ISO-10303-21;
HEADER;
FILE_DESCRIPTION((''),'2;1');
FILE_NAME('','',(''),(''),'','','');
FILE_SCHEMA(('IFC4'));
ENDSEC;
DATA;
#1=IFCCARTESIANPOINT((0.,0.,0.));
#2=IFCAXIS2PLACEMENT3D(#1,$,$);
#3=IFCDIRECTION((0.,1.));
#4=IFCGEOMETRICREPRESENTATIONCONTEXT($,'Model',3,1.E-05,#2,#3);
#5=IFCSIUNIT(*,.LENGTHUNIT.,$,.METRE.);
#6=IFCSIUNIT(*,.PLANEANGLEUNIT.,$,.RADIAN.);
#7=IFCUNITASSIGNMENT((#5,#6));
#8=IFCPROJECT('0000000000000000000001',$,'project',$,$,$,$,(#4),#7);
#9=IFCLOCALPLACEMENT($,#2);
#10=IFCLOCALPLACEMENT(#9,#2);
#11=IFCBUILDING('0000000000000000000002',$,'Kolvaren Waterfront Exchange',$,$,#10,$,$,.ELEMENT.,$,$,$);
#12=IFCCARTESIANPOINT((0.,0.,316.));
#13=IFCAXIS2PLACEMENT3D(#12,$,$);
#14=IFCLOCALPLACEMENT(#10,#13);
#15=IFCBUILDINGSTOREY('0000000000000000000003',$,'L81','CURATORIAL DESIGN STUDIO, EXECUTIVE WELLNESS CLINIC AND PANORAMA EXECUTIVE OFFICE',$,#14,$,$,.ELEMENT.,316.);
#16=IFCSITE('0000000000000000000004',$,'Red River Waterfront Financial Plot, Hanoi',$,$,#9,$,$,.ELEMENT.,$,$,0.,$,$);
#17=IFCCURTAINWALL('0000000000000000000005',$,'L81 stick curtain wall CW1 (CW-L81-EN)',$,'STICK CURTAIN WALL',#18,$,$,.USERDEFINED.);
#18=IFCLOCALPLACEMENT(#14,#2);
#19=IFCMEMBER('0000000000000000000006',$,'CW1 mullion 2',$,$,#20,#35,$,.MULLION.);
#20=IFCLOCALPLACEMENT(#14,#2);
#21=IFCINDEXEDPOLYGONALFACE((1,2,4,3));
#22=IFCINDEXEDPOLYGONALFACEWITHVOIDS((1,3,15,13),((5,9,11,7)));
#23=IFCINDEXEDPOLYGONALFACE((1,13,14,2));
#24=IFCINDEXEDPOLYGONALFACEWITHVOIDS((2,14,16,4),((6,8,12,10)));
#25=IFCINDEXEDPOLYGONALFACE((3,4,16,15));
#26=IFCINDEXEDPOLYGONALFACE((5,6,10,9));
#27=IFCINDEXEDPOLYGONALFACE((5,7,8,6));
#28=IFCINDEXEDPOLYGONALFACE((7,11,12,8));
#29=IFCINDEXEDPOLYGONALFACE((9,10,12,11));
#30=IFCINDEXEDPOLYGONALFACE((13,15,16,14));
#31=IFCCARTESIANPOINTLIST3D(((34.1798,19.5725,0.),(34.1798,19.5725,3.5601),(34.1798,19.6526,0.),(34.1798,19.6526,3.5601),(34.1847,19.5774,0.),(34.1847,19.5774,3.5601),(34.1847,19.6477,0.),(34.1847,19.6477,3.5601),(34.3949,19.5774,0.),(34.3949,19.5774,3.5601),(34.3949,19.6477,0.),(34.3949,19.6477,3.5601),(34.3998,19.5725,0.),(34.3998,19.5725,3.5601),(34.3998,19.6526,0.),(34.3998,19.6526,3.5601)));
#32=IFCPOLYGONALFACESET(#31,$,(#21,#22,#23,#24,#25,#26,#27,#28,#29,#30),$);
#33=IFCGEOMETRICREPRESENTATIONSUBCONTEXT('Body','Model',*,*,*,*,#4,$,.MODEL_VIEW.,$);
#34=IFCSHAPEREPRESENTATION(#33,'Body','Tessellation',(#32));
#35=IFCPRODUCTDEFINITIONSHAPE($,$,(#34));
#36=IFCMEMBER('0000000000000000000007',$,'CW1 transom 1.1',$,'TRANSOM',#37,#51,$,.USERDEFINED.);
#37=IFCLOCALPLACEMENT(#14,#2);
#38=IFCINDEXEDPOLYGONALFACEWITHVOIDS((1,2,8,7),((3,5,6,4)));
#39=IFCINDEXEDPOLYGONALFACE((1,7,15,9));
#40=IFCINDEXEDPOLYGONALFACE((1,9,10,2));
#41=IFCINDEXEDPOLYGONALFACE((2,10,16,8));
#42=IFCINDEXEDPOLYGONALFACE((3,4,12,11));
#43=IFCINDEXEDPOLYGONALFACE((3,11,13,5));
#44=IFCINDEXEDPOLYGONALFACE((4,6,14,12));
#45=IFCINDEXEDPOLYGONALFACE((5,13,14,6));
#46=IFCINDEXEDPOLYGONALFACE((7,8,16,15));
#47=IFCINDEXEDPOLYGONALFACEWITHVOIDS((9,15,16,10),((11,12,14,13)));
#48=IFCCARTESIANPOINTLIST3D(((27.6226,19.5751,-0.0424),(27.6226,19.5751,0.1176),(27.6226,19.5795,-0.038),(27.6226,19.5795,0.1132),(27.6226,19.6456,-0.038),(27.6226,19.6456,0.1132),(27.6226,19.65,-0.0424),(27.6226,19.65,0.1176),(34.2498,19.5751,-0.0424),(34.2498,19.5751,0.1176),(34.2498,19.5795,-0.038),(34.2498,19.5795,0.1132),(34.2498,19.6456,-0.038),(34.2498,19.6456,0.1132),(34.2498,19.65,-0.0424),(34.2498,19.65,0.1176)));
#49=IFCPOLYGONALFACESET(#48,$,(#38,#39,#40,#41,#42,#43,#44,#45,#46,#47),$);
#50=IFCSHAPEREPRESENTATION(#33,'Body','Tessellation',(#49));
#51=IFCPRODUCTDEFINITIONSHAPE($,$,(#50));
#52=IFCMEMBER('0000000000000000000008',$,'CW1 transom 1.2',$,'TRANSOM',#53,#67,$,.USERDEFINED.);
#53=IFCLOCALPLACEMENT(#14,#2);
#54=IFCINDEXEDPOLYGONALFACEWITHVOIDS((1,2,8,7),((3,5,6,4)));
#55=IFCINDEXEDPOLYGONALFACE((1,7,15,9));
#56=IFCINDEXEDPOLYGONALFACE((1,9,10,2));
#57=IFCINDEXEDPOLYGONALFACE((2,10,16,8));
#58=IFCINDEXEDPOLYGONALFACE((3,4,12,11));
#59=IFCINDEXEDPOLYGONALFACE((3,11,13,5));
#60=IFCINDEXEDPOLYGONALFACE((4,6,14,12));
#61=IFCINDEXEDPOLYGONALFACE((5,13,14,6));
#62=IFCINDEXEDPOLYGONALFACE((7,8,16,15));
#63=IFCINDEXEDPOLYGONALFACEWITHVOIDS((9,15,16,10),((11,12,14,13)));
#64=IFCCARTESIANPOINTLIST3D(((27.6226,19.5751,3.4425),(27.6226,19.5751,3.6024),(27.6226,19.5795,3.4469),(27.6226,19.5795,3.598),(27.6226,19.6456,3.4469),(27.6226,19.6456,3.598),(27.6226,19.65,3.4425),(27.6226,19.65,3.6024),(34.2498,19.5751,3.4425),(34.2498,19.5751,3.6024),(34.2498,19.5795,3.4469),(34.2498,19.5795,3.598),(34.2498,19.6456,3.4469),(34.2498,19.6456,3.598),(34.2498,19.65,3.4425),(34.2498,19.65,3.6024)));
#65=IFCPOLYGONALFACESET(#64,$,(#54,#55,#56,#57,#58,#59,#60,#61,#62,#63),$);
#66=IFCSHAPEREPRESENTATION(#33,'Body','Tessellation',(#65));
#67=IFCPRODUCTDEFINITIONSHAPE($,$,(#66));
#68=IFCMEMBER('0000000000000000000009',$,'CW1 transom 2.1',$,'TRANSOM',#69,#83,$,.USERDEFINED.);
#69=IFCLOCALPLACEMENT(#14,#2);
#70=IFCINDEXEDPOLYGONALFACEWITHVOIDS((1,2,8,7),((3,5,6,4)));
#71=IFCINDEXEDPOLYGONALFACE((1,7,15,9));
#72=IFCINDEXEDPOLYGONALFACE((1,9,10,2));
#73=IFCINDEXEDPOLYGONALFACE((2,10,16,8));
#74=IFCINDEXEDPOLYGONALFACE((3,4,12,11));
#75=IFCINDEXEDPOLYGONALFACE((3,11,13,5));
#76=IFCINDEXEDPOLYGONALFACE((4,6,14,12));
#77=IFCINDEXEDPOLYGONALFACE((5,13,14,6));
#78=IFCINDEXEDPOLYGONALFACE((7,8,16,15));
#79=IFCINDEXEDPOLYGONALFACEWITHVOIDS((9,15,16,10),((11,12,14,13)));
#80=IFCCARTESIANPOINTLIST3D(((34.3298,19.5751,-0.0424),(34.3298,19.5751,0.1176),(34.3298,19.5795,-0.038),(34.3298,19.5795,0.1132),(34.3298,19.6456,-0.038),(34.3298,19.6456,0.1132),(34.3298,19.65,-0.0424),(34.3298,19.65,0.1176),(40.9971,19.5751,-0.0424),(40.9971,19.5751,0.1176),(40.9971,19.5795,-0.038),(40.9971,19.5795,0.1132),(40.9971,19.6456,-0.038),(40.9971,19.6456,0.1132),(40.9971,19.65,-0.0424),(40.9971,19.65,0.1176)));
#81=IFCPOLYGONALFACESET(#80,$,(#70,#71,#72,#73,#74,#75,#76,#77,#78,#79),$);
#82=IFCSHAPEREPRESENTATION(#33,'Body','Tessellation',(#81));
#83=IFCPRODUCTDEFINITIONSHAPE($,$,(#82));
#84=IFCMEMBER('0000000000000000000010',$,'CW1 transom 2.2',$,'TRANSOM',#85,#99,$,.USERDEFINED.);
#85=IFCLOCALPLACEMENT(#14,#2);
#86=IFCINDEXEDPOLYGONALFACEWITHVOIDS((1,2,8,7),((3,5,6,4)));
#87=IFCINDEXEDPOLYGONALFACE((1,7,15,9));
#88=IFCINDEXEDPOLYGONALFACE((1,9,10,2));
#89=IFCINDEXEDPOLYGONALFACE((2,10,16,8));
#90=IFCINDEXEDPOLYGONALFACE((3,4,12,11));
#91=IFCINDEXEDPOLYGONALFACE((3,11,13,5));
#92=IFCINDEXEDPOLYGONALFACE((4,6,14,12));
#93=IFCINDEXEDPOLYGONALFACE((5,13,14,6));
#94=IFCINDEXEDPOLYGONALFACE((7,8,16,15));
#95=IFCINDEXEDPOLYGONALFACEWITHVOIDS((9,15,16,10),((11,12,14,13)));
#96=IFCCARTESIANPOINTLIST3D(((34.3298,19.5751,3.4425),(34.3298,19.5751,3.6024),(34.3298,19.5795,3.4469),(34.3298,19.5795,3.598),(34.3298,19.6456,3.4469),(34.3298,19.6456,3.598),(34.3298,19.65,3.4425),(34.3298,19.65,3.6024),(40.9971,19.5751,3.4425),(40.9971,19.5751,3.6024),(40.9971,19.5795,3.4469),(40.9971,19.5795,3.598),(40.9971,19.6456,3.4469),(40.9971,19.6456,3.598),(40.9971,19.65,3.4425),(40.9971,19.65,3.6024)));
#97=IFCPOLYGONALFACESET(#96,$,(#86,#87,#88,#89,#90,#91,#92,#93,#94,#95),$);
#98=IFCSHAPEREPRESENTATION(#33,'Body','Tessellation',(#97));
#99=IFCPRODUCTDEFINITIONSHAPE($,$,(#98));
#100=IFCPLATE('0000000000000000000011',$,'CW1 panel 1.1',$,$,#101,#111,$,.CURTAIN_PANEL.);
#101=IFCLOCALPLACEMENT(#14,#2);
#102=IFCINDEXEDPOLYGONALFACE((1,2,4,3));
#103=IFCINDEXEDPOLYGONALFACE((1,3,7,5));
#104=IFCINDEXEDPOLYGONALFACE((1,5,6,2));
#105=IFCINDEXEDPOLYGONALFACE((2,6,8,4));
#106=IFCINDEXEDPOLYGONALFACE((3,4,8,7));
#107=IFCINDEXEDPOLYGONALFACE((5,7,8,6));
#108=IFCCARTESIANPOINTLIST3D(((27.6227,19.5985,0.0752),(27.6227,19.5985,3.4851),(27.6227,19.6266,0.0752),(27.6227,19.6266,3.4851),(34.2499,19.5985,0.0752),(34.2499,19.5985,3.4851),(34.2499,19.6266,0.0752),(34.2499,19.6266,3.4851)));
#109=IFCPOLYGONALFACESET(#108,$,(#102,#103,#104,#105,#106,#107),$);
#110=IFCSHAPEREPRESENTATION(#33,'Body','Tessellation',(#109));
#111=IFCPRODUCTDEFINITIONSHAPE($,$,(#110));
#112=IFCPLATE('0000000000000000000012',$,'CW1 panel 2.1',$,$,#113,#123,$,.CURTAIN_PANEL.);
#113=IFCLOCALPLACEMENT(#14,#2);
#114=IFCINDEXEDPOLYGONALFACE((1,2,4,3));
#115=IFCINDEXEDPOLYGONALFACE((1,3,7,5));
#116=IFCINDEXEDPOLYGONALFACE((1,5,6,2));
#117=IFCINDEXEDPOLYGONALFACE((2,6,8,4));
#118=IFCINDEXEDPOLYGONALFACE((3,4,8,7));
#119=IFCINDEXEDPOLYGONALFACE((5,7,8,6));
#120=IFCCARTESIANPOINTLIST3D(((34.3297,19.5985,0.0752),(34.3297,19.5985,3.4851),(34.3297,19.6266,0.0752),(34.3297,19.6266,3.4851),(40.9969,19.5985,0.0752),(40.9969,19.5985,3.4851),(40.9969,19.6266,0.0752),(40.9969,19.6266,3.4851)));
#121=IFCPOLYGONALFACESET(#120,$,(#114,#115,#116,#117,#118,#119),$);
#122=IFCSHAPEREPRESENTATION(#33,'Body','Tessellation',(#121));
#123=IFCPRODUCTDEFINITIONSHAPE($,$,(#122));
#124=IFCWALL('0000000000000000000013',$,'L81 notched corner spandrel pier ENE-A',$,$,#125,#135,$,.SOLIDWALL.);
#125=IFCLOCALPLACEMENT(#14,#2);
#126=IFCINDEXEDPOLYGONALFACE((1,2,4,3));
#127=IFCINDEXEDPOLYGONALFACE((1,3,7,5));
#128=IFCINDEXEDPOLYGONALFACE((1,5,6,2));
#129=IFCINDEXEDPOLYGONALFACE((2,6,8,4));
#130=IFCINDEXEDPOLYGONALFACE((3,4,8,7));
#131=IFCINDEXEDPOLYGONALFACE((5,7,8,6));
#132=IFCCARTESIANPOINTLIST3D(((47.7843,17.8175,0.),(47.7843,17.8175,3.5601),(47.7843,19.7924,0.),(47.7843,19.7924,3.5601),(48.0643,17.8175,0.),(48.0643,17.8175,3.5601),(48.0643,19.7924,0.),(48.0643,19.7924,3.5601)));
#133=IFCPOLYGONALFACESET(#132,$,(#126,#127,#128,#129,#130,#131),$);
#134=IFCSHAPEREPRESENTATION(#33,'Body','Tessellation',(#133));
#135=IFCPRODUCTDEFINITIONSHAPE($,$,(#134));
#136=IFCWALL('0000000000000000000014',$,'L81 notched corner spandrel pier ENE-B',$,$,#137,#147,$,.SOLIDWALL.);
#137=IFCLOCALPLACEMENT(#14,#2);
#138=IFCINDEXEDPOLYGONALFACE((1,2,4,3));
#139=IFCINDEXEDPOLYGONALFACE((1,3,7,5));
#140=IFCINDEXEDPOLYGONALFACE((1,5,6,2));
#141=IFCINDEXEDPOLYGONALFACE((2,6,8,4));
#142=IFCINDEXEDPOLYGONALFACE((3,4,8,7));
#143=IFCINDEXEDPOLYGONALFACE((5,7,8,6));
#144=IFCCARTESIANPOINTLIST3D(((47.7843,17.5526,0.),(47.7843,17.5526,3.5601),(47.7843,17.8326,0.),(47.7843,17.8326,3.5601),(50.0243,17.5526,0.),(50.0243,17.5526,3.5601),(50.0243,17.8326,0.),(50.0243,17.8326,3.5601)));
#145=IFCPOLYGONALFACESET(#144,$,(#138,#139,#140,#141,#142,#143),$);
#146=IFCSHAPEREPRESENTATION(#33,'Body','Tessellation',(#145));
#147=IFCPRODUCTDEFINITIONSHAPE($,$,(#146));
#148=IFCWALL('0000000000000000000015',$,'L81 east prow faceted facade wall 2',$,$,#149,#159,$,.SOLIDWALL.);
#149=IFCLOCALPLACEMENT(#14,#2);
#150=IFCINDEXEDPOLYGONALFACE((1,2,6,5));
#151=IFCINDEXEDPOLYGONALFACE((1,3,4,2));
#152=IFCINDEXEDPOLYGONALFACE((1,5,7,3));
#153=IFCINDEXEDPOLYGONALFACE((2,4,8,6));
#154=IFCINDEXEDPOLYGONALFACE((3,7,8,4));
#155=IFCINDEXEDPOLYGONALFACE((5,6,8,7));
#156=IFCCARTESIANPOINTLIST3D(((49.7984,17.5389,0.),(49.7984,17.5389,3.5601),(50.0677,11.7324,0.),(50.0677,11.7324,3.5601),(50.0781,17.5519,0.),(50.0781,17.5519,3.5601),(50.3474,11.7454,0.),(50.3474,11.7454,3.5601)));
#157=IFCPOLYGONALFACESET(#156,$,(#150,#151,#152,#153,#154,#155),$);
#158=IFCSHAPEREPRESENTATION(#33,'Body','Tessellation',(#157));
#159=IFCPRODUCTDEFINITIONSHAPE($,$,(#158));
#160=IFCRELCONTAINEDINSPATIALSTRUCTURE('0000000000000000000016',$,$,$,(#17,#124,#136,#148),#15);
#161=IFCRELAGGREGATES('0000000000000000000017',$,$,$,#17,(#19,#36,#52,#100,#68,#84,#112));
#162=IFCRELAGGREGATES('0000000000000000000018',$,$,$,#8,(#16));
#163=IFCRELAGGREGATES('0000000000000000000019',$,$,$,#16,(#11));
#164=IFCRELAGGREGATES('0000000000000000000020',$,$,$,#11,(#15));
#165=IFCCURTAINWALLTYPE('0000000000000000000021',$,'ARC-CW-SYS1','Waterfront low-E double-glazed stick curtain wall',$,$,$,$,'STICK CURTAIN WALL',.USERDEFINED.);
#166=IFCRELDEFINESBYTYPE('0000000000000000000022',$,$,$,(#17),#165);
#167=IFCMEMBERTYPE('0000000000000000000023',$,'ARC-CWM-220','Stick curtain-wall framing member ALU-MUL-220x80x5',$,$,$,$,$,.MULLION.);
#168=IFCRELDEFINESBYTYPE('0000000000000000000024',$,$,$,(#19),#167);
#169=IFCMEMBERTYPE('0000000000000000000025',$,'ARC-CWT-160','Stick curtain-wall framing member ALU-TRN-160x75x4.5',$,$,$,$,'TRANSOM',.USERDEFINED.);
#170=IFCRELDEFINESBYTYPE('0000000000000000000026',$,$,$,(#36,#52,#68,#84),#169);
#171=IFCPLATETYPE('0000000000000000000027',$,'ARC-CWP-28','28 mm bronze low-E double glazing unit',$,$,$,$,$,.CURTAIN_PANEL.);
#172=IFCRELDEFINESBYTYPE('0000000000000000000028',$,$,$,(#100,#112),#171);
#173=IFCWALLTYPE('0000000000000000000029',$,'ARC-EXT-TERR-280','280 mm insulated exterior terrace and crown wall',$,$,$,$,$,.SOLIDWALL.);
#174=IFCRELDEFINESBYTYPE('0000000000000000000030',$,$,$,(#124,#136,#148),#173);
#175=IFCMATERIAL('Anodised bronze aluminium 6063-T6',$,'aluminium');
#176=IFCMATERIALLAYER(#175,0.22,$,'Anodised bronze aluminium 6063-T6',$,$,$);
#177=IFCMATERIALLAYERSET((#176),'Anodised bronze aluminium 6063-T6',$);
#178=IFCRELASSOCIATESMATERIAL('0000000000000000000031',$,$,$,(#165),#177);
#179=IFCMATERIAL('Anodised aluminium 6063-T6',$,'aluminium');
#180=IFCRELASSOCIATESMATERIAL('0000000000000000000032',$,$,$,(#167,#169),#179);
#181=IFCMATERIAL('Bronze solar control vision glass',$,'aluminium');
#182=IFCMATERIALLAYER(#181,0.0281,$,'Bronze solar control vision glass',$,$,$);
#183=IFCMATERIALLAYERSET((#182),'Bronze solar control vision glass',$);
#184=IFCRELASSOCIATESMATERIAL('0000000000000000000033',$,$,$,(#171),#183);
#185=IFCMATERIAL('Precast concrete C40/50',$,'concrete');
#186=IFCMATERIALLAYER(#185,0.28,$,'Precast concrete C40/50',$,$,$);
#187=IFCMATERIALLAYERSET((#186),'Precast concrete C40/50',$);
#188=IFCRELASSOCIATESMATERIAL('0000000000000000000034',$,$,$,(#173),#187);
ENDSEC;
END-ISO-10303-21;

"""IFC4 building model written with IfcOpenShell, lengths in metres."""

from ifc_helpers import new_model, si_unit, direction, frame, frame_2d, origin, origin_with_axes, origin_2d, place, context, subcontext, project, spatial, rectangle, hollow_rectangle, extrude, source, transform, mapped, material, layer, layer_set, material_profile, profile_set, type_object, element, aggregate, save


model = new_model("IFC4")

# Units and contexts
model_context = context("Model", 3, precision=1e-05, world=origin(), true_north=direction((0.0, 1.0)))
body_context = subcontext(model_context, "Body", "Model", "MODEL_VIEW")
ifc_project = project(units=[si_unit("LENGTHUNIT", "METRE"), si_unit("PLANEANGLEUNIT", "RADIAN")], contexts=[model_context])

# Site, building, storey
site_placement = place(None, origin())
site = spatial("IfcSite", under=ifc_project, at=site_placement, Name="Red River Waterfront Financial Plot, Hanoi", CompositionType="ELEMENT", RefElevation=0.0)
building_placement = place(site_placement, origin())
building = spatial("IfcBuilding", under=site, at=building_placement, Name="Kolvaren Waterfront Exchange", CompositionType="ELEMENT")
storey_placement = place(building_placement, frame((0.0, 0.0, 316.0)))
storey = spatial("IfcBuildingStorey", under=building, at=storey_placement, Name="L81", Description="CURATORIAL DESIGN STUDIO, EXECUTIVE WELLNESS CLINIC AND PANORAMA EXECUTIVE OFFICE", CompositionType="ELEMENT", Elevation=316.0)

# Curtain wall, members, plates
ifc_material_1 = material(Name="Anodised bronze aluminium 6063-T6", Category="aluminium")
ifc_layer_1 = layer(ifc_material_1, 0.22, Name="Anodised bronze aluminium 6063-T6")
ifc_layer_set_1 = layer_set([ifc_layer_1], Name="Anodised bronze aluminium 6063-T6")
curtain_wall_type = type_object("IfcCurtainWallType", Name="ARC-CW-SYS1", Description="Waterfront low-E double-glazed stick curtain wall", ElementType="STICK CURTAIN WALL", PredefinedType="USERDEFINED", material=ifc_layer_set_1)
curtain_wall_placement = place(storey_placement, origin())
curtain_wall = element("IfcCurtainWall", 1, at=curtain_wall_placement, inside=storey, type_object=curtain_wall_type, Name="L81 stick curtain wall CW1 (CW-L81-EN)", ObjectType="STICK CURTAIN WALL", PredefinedType="USERDEFINED")
ifc_material_2 = material(Name="Anodised aluminium 6063-T6", Category="aluminium")
ifc_material_profile_1 = material_profile(ifc_material_2, hollow_rectangle(XDim=0.0801, YDim=0.22, WallThickness=0.0049, at=origin_2d()), Name="ALU-MUL-220x80x5")
ifc_profile_set_1 = profile_set([ifc_material_profile_1], Name="Anodised aluminium 6063-T6")
member_type_1 = type_object("IfcMemberType", Name="ARC-CWM-220", Description="Stick curtain-wall framing member ALU-MUL-220x80x5", PredefinedType="MULLION", material=ifc_profile_set_1)
shared_shape_1 = source(origin_with_axes(), body_context, "Body", "SweptSolid", [
    extrude(hollow_rectangle(XDim=0.0801, YDim=0.22, WallThickness=0.0049, at=origin_2d()), origin(), (0.0, 0.0, 1.0), 3.5601),
])
member_1_placement = place(storey_placement, frame((34.2898, 19.6125, 0.0), z_axis=(0.0, 0.0, 1.0), x_axis=(0.0, 1.0, 0.0)))
member_1 = element("IfcMember", 2, at=member_1_placement, type_object=member_type_1, Name="CW1 mullion 2", PredefinedType="MULLION", context=body_context, shape_type="MappedRepresentation", body=[
    mapped(shared_shape_1, transform((0.0, 0.0, 0.0), x_axis=(1.0, 0.0, 0.0), y_axis=(0.0, 1.0, 0.0), z_axis=(0.0, 0.0, 1.0), scale=1.0)),
])
ifc_material_profile_2 = material_profile(ifc_material_2, hollow_rectangle(XDim=0.075, YDim=0.1599, WallThickness=0.0044, at=origin_2d()), Name="ALU-TRN-160x75x4.5")
ifc_profile_set_2 = profile_set([ifc_material_profile_2], Name="Anodised aluminium 6063-T6")
member_type_2 = type_object("IfcMemberType", Name="ARC-CWT-160", Description="Stick curtain-wall framing member ALU-TRN-160x75x4.5", ElementType="TRANSOM", PredefinedType="USERDEFINED", material=ifc_profile_set_2)
shared_shape_2 = source(origin_with_axes(), body_context, "Body", "SweptSolid", [
    extrude(hollow_rectangle(XDim=0.075, YDim=0.1599, WallThickness=0.0044, at=origin_2d()), origin(), (0.0, 0.0, 1.0), 6.6272),
])
member_2_placement = place(storey_placement, frame((27.6226, 19.6125, 0.0376), z_axis=(1.0, 0.0, 0.0), x_axis=(0.0, 1.0, 0.0)))
member_2 = element("IfcMember", 3, at=member_2_placement, type_object=member_type_2, Name="CW1 transom 1.1", ObjectType="TRANSOM", PredefinedType="USERDEFINED", context=body_context, shape_type="MappedRepresentation", body=[
    mapped(shared_shape_2, transform((0.0, 0.0, 0.0), x_axis=(1.0, 0.0, 0.0), y_axis=(0.0, 1.0, 0.0), z_axis=(0.0, 0.0, 1.0), scale=1.0)),
])
member_3_placement = place(storey_placement, frame((27.6226, 19.6125, 3.5225), z_axis=(1.0, 0.0, 0.0), x_axis=(0.0, 1.0, 0.0)))
member_3 = element("IfcMember", 4, at=member_3_placement, type_object=member_type_2, Name="CW1 transom 1.2", ObjectType="TRANSOM", PredefinedType="USERDEFINED", context=body_context, shape_type="MappedRepresentation", body=[
    mapped(shared_shape_2, transform((0.0, 0.0, 0.0), x_axis=(1.0, 0.0, 0.0), y_axis=(0.0, 1.0, 0.0), z_axis=(0.0, 0.0, 1.0), scale=1.0)),
])
shared_shape_3 = source(origin_with_axes(), body_context, "Body", "SweptSolid", [
    extrude(hollow_rectangle(XDim=0.075, YDim=0.1599, WallThickness=0.0044, at=origin_2d()), origin(), (0.0, 0.0, 1.0), 6.6672),
])
member_4_placement = place(storey_placement, frame((34.3298, 19.6125, 0.0376), z_axis=(1.0, 0.0, 0.0), x_axis=(0.0, 1.0, 0.0)))
member_4 = element("IfcMember", 5, at=member_4_placement, type_object=member_type_2, Name="CW1 transom 2.1", ObjectType="TRANSOM", PredefinedType="USERDEFINED", context=body_context, shape_type="MappedRepresentation", body=[
    mapped(shared_shape_3, transform((0.0, 0.0, 0.0), x_axis=(1.0, 0.0, 0.0), y_axis=(0.0, 1.0, 0.0), z_axis=(0.0, 0.0, 1.0), scale=1.0)),
])
member_5_placement = place(storey_placement, frame((34.3298, 19.6125, 3.5225), z_axis=(1.0, 0.0, 0.0), x_axis=(0.0, 1.0, 0.0)))
member_5 = element("IfcMember", 6, at=member_5_placement, type_object=member_type_2, Name="CW1 transom 2.2", ObjectType="TRANSOM", PredefinedType="USERDEFINED", context=body_context, shape_type="MappedRepresentation", body=[
    mapped(shared_shape_3, transform((0.0, 0.0, 0.0), x_axis=(1.0, 0.0, 0.0), y_axis=(0.0, 1.0, 0.0), z_axis=(0.0, 0.0, 1.0), scale=1.0)),
])
ifc_material_3 = material(Name="Bronze solar control vision glass", Category="aluminium")
ifc_layer_2 = layer(ifc_material_3, 0.0281, Name="Bronze solar control vision glass")
ifc_layer_set_2 = layer_set([ifc_layer_2], Name="Bronze solar control vision glass")
plate_type = type_object("IfcPlateType", Name="ARC-CWP-28", Description="28 mm bronze low-E double glazing unit", PredefinedType="CURTAIN_PANEL", material=ifc_layer_set_2)
shared_shape_4 = source(origin_with_axes(), body_context, "Body", "SweptSolid", [
    extrude(rectangle(XDim=6.6272, YDim=0.0281, at=origin_2d()), origin(), (0.0, 0.0, 1.0), 3.4099),
])
plate_1_placement = place(storey_placement, frame((30.9363, 19.6125, 0.0752), z_axis=(0.0, 0.0, 1.0), x_axis=(1.0, 0.0, 0.0)))
plate_1 = element("IfcPlate", 7, at=plate_1_placement, type_object=plate_type, Name="CW1 panel 1.1", PredefinedType="CURTAIN_PANEL", context=body_context, shape_type="MappedRepresentation", body=[
    mapped(shared_shape_4, transform((0.0, 0.0, 0.0), x_axis=(1.0, 0.0, 0.0), y_axis=(0.0, 1.0, 0.0), z_axis=(0.0, 0.0, 1.0), scale=1.0)),
])
shared_shape_5 = source(origin_with_axes(), body_context, "Body", "SweptSolid", [
    extrude(rectangle(XDim=6.6672, YDim=0.0281, at=origin_2d()), origin(), (0.0, 0.0, 1.0), 3.4099),
])
plate_2_placement = place(storey_placement, frame((37.6633, 19.6125, 0.0752), z_axis=(0.0, 0.0, 1.0), x_axis=(1.0, 0.0, 0.0)))
plate_2 = element("IfcPlate", 8, at=plate_2_placement, type_object=plate_type, Name="CW1 panel 2.1", PredefinedType="CURTAIN_PANEL", context=body_context, shape_type="MappedRepresentation", body=[
    mapped(shared_shape_5, transform((0.0, 0.0, 0.0), x_axis=(1.0, 0.0, 0.0), y_axis=(0.0, 1.0, 0.0), z_axis=(0.0, 0.0, 1.0), scale=1.0)),
])
aggregate(curtain_wall, [member_1, member_2, member_3, plate_1, member_4, member_5, plate_2])

# Walls
ifc_material_4 = material(Name="Precast concrete C40/50", Category="concrete")
ifc_layer_3 = layer(ifc_material_4, 0.28, Name="Precast concrete C40/50")
ifc_layer_set_3 = layer_set([ifc_layer_3], Name="Precast concrete C40/50")
wall_type_1 = type_object("IfcWallType", Name="ARC-EXT-TERR-280", Description="280 mm insulated exterior terrace and crown wall", PredefinedType="SOLIDWALL", material=ifc_layer_set_3)
wall_1_placement = place(storey_placement, frame((47.9243, 17.8176, 0.0), z_axis=(0.0, 0.0, 1.0), x_axis=(0.0, 1.0, 0.0)))
element("IfcWall", 9, at=wall_1_placement, inside=storey, type_object=wall_type_1, Name="L81 notched corner spandrel pier ENE-A", PredefinedType="SOLIDWALL", context=body_context, shape_type="SweptSolid", body=[
    extrude(rectangle(XDim=1.9749, YDim=0.28, at=frame_2d((0.9873, 0.0))), origin(), (0.0, 0.0, 1.0), 3.5601),
])
wall_2_placement = place(storey_placement, frame((47.7842, 17.6926, 0.0), z_axis=(0.0, 0.0, 1.0), x_axis=(1.0, 0.0, 0.0)))
element("IfcWall", 10, at=wall_2_placement, inside=storey, type_object=wall_type_1, Name="L81 notched corner spandrel pier ENE-B", PredefinedType="SOLIDWALL", context=body_context, shape_type="SweptSolid", body=[
    extrude(rectangle(XDim=2.24, YDim=0.28, at=frame_2d((1.1201, 0.0))), origin(), (0.0, 0.0, 1.0), 3.5601),
])
wall_3_placement = place(storey_placement, frame((50.2075, 11.739, 0.0), z_axis=(0.0, 0.0, 1.0), x_axis=(-0.046328, 0.998926, 0.0)))
element("IfcWall", 11, at=wall_3_placement, inside=storey, type_object=wall_type_1, Name="L81 east prow faceted facade wall 2", PredefinedType="SOLIDWALL", context=body_context, shape_type="SweptSolid", body=[
    extrude(rectangle(XDim=5.8127, YDim=0.28, at=frame_2d((2.9062, 0.0))), origin(), (0.0, 0.0, 1.0), 3.5601),
])

save(model, "model.ifc")
